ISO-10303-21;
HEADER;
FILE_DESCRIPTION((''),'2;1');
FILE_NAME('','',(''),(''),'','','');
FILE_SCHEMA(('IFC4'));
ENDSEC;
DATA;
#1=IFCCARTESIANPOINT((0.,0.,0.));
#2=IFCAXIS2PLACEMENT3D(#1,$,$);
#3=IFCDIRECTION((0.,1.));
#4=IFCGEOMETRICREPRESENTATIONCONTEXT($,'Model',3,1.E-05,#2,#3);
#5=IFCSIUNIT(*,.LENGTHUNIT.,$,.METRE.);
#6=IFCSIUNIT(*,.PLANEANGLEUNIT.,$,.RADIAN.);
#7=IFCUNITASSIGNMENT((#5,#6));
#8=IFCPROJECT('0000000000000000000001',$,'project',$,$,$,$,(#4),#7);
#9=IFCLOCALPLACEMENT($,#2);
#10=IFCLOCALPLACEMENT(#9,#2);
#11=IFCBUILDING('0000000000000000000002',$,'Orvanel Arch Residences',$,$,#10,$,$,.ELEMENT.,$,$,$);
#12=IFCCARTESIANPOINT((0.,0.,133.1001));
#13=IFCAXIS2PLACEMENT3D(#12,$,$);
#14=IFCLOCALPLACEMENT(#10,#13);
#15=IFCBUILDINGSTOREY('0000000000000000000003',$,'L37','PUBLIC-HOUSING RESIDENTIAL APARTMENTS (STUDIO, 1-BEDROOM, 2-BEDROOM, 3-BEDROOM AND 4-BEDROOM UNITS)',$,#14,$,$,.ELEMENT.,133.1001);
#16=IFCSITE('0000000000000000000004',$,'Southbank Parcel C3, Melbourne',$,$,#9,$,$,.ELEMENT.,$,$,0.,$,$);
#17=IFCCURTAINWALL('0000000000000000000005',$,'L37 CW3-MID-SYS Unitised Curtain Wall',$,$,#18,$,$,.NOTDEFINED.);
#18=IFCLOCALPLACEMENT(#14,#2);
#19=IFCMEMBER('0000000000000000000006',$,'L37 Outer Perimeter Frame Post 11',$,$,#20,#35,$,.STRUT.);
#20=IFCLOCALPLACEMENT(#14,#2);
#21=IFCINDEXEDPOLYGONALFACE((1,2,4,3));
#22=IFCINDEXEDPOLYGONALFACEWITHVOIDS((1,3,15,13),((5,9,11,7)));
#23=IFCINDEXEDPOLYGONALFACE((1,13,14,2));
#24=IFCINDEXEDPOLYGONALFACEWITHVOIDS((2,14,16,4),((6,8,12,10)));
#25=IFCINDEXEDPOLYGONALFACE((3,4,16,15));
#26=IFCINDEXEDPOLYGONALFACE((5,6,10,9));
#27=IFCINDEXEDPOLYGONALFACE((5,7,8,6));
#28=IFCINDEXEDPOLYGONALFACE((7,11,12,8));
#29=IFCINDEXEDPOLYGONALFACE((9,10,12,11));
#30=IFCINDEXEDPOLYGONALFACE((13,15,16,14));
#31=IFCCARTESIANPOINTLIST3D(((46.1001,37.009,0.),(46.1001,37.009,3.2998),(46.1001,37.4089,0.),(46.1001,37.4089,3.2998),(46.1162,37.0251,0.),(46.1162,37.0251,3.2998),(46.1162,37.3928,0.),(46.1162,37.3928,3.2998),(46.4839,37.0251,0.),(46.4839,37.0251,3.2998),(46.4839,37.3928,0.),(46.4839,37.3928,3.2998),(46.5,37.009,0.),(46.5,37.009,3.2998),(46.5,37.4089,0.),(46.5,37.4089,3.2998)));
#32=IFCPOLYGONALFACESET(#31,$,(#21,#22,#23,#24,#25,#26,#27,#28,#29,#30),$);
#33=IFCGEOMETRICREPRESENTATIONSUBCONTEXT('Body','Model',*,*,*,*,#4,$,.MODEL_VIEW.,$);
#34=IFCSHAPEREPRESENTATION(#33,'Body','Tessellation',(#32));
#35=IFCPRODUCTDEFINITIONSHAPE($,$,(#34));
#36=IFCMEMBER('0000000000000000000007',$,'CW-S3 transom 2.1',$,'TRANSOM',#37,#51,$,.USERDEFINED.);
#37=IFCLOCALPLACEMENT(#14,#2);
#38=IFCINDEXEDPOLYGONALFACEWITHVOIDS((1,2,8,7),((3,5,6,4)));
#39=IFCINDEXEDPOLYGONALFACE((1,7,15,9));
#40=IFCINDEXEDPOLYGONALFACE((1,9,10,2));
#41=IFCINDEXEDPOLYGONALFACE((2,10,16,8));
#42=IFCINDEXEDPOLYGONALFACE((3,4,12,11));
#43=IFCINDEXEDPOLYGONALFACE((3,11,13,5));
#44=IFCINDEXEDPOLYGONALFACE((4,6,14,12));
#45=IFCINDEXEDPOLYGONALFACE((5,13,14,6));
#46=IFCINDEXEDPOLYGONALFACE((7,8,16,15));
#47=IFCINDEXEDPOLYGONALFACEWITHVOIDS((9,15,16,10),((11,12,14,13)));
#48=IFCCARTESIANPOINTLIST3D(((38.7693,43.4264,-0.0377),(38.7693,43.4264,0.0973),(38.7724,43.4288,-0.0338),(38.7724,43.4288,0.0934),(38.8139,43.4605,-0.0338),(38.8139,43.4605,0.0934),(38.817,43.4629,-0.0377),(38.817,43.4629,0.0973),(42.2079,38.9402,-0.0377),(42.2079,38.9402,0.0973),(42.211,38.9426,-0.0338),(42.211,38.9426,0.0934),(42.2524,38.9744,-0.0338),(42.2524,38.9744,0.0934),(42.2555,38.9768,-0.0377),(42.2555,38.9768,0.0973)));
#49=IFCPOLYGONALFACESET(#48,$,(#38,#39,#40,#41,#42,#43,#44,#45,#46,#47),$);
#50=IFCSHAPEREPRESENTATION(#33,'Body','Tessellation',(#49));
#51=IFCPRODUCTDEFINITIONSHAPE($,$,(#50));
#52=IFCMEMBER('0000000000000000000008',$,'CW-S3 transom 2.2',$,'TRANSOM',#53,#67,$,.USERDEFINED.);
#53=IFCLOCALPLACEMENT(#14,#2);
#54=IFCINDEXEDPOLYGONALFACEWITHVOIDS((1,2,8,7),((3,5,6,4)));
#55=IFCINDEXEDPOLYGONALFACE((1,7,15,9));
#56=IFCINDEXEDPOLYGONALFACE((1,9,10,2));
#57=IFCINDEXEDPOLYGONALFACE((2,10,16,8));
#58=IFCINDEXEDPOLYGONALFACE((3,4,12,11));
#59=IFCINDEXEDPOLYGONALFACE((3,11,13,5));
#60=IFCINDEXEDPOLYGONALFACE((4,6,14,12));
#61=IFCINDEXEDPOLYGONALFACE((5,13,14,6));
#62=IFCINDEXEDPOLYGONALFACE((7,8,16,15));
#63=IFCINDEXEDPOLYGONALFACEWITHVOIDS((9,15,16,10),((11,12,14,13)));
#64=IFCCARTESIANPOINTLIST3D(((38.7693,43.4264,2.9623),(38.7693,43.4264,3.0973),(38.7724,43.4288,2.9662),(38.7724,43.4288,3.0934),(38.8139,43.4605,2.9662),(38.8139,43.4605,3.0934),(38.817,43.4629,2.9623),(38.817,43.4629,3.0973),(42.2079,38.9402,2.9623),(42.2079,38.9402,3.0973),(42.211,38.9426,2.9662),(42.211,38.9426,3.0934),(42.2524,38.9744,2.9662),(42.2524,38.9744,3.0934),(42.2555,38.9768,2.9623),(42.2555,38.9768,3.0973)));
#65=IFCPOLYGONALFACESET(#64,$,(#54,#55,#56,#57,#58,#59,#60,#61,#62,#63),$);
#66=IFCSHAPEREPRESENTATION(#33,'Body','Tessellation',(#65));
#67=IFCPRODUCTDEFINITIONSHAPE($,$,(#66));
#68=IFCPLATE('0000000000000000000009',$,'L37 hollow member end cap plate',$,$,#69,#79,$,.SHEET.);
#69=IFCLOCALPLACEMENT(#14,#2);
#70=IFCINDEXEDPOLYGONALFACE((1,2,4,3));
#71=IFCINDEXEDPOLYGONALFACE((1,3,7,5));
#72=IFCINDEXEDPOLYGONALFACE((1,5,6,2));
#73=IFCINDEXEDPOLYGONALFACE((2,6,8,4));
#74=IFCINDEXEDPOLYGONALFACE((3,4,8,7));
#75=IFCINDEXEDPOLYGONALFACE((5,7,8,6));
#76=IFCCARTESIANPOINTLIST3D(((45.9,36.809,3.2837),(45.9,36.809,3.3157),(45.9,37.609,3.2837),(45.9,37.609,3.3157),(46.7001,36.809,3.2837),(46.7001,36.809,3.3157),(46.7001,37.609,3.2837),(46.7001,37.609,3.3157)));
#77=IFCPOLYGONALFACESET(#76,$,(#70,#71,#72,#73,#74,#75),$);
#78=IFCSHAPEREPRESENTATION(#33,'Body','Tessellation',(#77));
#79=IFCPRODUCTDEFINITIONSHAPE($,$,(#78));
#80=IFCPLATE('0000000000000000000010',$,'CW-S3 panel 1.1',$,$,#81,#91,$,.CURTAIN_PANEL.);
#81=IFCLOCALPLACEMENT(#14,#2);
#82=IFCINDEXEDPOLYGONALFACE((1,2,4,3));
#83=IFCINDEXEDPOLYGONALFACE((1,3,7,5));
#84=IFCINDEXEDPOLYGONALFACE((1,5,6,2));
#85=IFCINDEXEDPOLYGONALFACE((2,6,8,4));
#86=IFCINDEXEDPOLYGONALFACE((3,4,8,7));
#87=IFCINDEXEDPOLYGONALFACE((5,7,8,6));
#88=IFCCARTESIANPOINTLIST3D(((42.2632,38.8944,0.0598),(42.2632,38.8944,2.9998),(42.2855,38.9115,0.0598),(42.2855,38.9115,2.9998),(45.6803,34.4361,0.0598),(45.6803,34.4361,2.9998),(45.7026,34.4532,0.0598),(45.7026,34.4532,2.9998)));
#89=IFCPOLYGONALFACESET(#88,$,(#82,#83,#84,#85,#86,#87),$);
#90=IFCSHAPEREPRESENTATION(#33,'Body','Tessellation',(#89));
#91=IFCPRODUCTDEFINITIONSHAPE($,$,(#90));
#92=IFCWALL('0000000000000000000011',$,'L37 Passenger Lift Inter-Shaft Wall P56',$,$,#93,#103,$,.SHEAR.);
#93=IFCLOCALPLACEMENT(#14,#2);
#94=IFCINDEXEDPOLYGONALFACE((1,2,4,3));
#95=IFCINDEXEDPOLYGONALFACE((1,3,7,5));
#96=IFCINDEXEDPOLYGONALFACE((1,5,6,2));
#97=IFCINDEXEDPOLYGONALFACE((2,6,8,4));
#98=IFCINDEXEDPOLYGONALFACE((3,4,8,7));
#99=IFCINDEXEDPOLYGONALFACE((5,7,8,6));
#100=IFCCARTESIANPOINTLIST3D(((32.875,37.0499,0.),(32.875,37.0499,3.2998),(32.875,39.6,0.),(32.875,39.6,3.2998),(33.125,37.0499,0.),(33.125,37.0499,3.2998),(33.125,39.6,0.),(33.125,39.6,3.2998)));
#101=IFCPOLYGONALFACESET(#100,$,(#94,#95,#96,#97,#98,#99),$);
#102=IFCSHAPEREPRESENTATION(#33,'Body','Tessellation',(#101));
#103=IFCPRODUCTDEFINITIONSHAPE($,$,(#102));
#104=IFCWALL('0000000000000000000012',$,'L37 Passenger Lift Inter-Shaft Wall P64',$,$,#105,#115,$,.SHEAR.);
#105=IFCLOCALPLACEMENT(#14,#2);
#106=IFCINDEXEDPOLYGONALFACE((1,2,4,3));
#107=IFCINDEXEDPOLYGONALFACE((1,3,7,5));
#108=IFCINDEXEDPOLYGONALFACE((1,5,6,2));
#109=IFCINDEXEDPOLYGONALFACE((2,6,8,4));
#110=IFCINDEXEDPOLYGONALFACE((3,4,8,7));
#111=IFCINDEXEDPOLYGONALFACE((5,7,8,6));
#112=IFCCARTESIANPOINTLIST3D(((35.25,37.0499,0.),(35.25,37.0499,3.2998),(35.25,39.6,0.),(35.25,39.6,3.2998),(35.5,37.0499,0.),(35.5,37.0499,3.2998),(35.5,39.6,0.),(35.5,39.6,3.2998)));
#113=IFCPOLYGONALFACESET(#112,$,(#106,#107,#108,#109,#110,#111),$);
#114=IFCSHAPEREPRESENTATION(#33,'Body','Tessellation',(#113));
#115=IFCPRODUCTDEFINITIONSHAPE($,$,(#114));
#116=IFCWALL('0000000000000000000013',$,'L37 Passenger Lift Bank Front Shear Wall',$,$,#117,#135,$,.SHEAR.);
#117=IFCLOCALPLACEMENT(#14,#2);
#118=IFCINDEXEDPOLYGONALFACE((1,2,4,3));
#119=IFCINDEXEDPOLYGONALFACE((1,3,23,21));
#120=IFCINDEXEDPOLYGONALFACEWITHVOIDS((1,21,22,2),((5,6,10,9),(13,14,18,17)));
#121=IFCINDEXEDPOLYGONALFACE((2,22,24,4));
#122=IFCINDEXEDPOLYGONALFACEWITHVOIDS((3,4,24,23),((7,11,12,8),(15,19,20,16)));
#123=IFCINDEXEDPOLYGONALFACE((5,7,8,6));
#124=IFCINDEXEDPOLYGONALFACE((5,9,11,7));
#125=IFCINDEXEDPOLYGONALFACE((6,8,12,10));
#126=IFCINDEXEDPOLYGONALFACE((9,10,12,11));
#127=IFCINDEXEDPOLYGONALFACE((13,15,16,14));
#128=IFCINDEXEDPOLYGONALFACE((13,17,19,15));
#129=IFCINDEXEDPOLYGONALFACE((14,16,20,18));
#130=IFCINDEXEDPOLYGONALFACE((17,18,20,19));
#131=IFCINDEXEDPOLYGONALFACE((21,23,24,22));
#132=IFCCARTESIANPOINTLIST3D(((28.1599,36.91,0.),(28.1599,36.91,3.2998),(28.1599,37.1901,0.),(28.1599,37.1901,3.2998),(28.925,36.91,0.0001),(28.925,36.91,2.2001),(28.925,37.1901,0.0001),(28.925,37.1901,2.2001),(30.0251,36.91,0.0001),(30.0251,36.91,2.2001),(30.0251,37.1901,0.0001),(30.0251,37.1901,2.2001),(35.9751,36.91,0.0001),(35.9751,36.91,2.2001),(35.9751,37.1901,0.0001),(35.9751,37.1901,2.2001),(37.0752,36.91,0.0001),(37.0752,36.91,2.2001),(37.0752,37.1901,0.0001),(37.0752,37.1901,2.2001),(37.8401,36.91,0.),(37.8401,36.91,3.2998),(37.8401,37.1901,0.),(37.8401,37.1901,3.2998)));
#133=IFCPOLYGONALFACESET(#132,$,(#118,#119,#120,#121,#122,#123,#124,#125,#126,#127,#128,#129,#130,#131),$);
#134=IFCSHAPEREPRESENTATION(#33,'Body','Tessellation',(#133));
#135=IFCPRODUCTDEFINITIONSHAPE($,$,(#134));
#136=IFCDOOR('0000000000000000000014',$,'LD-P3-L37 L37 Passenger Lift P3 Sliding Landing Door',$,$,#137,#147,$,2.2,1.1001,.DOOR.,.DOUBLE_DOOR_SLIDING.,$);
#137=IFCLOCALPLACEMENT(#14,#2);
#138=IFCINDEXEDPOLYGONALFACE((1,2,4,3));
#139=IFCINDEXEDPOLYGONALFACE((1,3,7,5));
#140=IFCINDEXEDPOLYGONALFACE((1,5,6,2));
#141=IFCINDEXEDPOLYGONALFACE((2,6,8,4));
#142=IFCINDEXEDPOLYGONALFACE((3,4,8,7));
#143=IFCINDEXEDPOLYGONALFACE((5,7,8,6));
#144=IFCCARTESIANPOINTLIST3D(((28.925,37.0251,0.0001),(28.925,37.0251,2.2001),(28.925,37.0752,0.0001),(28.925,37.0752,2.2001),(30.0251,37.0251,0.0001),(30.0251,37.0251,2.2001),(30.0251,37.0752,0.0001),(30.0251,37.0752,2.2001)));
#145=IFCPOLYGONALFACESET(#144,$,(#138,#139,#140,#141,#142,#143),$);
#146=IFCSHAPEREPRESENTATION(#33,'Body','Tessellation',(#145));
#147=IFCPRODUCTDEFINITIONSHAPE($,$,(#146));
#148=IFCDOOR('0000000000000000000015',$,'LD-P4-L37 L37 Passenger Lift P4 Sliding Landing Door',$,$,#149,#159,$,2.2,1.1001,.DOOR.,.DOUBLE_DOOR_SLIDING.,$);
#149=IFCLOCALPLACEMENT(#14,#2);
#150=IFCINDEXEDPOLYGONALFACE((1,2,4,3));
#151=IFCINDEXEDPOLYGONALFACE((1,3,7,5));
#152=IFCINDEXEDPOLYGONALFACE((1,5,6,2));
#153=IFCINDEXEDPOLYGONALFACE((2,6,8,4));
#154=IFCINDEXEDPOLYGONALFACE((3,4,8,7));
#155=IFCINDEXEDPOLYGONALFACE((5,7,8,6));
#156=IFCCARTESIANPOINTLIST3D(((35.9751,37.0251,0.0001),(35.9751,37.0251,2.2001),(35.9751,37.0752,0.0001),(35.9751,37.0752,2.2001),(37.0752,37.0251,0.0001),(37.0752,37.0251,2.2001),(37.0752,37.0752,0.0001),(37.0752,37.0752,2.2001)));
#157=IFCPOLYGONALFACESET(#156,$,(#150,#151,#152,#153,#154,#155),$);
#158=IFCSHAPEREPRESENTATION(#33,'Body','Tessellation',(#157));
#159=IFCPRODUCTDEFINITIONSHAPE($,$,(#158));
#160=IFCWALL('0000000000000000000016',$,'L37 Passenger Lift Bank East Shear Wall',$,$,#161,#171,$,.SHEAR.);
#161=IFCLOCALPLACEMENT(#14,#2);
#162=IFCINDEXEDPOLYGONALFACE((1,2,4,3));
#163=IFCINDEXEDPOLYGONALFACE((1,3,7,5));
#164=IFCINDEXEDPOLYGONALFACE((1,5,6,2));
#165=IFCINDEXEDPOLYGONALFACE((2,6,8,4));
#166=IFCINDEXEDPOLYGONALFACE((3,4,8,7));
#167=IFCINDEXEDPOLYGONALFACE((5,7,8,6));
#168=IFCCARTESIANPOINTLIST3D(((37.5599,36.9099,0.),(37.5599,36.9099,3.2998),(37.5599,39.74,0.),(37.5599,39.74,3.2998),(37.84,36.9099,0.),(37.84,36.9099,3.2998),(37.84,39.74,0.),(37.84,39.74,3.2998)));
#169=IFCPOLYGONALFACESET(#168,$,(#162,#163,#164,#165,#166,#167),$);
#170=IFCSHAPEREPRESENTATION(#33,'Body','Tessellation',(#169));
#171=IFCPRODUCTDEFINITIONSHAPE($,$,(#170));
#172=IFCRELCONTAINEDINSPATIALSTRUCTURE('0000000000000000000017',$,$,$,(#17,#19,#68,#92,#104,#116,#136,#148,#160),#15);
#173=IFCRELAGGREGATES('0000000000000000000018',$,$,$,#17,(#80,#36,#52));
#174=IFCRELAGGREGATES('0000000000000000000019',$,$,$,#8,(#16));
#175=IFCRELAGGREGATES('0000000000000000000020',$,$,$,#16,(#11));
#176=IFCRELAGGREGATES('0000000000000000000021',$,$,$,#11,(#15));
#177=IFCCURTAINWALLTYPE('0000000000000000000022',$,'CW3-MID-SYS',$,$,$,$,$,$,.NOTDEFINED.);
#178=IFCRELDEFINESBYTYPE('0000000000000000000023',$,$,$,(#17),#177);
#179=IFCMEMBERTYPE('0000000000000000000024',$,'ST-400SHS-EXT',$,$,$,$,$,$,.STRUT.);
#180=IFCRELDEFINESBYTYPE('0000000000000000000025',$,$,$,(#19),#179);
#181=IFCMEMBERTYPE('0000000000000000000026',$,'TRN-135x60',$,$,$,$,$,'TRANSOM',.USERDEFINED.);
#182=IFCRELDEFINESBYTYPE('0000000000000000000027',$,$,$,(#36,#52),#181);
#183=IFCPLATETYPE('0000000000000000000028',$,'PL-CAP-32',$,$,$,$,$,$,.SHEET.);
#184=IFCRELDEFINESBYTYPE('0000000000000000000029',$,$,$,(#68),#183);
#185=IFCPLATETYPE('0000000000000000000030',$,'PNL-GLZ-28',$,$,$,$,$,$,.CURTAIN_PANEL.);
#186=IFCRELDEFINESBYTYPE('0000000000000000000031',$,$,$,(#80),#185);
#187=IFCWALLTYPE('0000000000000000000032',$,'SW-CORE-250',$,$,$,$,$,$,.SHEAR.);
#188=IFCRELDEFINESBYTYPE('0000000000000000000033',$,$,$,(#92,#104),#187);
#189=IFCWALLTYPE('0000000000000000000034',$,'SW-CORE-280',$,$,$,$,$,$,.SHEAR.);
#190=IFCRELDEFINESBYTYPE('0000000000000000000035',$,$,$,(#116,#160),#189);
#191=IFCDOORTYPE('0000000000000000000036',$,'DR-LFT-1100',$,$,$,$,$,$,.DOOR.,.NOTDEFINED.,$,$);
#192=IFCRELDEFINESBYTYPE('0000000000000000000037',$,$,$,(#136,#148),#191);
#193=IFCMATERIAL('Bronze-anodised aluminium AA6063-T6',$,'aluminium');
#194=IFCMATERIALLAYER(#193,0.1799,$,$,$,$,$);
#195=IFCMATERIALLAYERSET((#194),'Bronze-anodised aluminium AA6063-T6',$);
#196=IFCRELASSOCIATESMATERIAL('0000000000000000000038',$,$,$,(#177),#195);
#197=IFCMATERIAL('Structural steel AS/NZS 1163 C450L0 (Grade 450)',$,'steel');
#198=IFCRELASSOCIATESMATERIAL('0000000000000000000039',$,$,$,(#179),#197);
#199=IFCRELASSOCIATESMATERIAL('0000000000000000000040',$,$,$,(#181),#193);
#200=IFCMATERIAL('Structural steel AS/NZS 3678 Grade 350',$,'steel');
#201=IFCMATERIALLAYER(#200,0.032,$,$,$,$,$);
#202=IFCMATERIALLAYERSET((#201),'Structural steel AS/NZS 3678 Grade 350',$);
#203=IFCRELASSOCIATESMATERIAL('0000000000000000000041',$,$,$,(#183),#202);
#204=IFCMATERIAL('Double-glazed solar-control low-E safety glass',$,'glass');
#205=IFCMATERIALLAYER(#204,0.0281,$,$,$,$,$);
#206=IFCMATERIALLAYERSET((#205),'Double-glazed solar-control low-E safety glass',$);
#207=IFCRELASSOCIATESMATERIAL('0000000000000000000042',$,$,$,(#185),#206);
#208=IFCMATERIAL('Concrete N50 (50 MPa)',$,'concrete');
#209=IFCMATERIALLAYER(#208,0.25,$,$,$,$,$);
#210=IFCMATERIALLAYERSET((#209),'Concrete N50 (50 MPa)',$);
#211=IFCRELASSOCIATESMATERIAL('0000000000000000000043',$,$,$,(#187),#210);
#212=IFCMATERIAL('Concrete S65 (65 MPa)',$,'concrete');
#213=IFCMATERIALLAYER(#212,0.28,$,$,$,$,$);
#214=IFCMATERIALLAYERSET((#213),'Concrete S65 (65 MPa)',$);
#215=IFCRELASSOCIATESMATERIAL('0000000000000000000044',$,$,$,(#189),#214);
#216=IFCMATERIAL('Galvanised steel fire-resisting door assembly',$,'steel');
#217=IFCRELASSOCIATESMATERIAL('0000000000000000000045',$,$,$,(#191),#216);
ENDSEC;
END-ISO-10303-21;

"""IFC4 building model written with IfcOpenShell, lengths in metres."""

from ifc_helpers import new_model, si_unit, direction, frame, frame_2d, origin, origin_2d, place, context, subcontext, project, spatial, rectangle, hollow_rectangle, extrude, material, layer, layer_set, material_profile, profile_set, type_object, element, fill, aggregate, save


model = new_model("IFC4")

# Units and contexts
model_context = context("Model", 3, precision=1e-05, world=origin(), true_north=direction((0.0, 1.0)))
body_context = subcontext(model_context, "Body", "Model", "MODEL_VIEW")
ifc_project = project(units=[si_unit("LENGTHUNIT", "METRE"), si_unit("PLANEANGLEUNIT", "RADIAN")], contexts=[model_context])

# Site, building, storey
site_placement = place(None, origin())
site = spatial("IfcSite", under=ifc_project, at=site_placement, Name="Southbank Parcel C3, Melbourne", CompositionType="ELEMENT", RefElevation=0.0)
building_placement = place(site_placement, origin())
building = spatial("IfcBuilding", under=site, at=building_placement, Name="Orvanel Arch Residences", CompositionType="ELEMENT")
storey_placement = place(building_placement, frame((0.0, 0.0, 133.1001)))
storey = spatial("IfcBuildingStorey", under=building, at=storey_placement, Name="L37", Description="PUBLIC-HOUSING RESIDENTIAL APARTMENTS (STUDIO, 1-BEDROOM, 2-BEDROOM, 3-BEDROOM AND 4-BEDROOM UNITS)", CompositionType="ELEMENT", Elevation=133.1001)

# Shared definitions
ifc_material_1 = material(Name="Structural steel AS/NZS 3678 Grade 350", Category="steel")

# Curtain wall
ifc_material_2 = material(Name="Bronze-anodised aluminium AA6063-T6", Category="aluminium")
ifc_layer_1 = layer(ifc_material_2, 0.1799)
ifc_layer_set_1 = layer_set([ifc_layer_1], Name="Bronze-anodised aluminium AA6063-T6")
curtain_wall_type = type_object("IfcCurtainWallType", Name="CW3-MID-SYS", PredefinedType="NOTDEFINED", material=ifc_layer_set_1)
curtain_wall_placement = place(storey_placement, origin())
curtain_wall = element("IfcCurtainWall", 1, at=curtain_wall_placement, inside=storey, type_object=curtain_wall_type, Name="L37 CW3-MID-SYS Unitised Curtain Wall", PredefinedType="NOTDEFINED")

# Members
ifc_material_3 = material(Name="Structural steel AS/NZS 1163 C450L0 (Grade 450)", Category="steel")
ifc_material_profile_1 = material_profile(ifc_material_3, hollow_rectangle(XDim=0.3999, YDim=0.3999, WallThickness=0.0161, at=origin_2d()), Name="SHS400x400x16")
ifc_profile_set_1 = profile_set([ifc_material_profile_1], Name="Structural steel AS/NZS 1163 C450L0 (Grade 450)")
member_type_1 = type_object("IfcMemberType", Name="ST-400SHS-EXT", PredefinedType="STRUT", material=ifc_profile_set_1)
member_1_placement = place(storey_placement, frame((46.3, 37.209, 0.0), z_axis=(0.0, 0.0, 1.0), x_axis=(1.0, 0.0, 0.0)))
element("IfcMember", 2, at=member_1_placement, inside=storey, type_object=member_type_1, Name="L37 Outer Perimeter Frame Post 11", PredefinedType="STRUT", context=body_context, shape_type="SweptSolid", body=[
    extrude(hollow_rectangle(XDim=0.3999, YDim=0.3999, WallThickness=0.0161, at=origin_2d()), origin(), (0.0, 0.0, 1.0), 3.2998),
])
ifc_material_profile_2 = material_profile(ifc_material_2, hollow_rectangle(XDim=0.0601, YDim=0.135, WallThickness=0.0039, at=origin_2d()), Name="ALU135x60x4")
ifc_profile_set_2 = profile_set([ifc_material_profile_2], Name="Bronze-anodised aluminium AA6063-T6")
member_type_2 = type_object("IfcMemberType", Name="TRN-135x60", ElementType="TRANSOM", PredefinedType="USERDEFINED", material=ifc_profile_set_2)
member_2_placement = place(storey_placement, frame((42.2317, 38.9585, 0.0298), z_axis=(-0.608336, 0.793679, 0.0), x_axis=(-0.793679, -0.608336, 0.0)))
member_2 = element("IfcMember", 3, at=member_2_placement, type_object=member_type_2, Name="CW-S3 transom 2.1", ObjectType="TRANSOM", PredefinedType="USERDEFINED", context=body_context, shape_type="SweptSolid", body=[
    extrude(hollow_rectangle(XDim=0.0601, YDim=0.135, WallThickness=0.0039, at=origin_2d()), origin(), (0.0, 0.0, 1.0), 5.6523),
])
member_3_placement = place(storey_placement, frame((42.2317, 38.9585, 3.0298), z_axis=(-0.608336, 0.793679, 0.0), x_axis=(-0.793679, -0.608336, 0.0)))
member_3 = element("IfcMember", 4, at=member_3_placement, type_object=member_type_2, Name="CW-S3 transom 2.2", ObjectType="TRANSOM", PredefinedType="USERDEFINED", context=body_context, shape_type="SweptSolid", body=[
    extrude(hollow_rectangle(XDim=0.0601, YDim=0.135, WallThickness=0.0039, at=origin_2d()), origin(), (0.0, 0.0, 1.0), 5.6523),
])

# Plates
ifc_layer_2 = layer(ifc_material_1, 0.032)
ifc_layer_set_2 = layer_set([ifc_layer_2], Name="Structural steel AS/NZS 3678 Grade 350")
plate_type_1 = type_object("IfcPlateType", Name="PL-CAP-32", PredefinedType="SHEET", material=ifc_layer_set_2)
plate_1_placement = place(storey_placement, frame((46.3, 37.209, 3.2837), z_axis=(0.0, 0.0, 1.0), x_axis=(1.0, 0.0, 0.0)))
element("IfcPlate", 5, at=plate_1_placement, inside=storey, type_object=plate_type_1, Name="L37 hollow member end cap plate", PredefinedType="SHEET", context=body_context, shape_type="SweptSolid", body=[
    extrude(rectangle(XDim=0.8, YDim=0.8, at=origin_2d()), origin(), (0.0, 0.0, 1.0), 0.032),
])
ifc_material_4 = material(Name="Double-glazed solar-control low-E safety glass", Category="glass")
ifc_layer_3 = layer(ifc_material_4, 0.0281)
ifc_layer_set_3 = layer_set([ifc_layer_3], Name="Double-glazed solar-control low-E safety glass")
plate_type_2 = type_object("IfcPlateType", Name="PNL-GLZ-28", PredefinedType="CURTAIN_PANEL", material=ifc_layer_set_3)
plate_2_placement = place(storey_placement, frame((43.9829, 36.6738, 0.0598), z_axis=(0.0, 0.0, 1.0), x_axis=(-0.608328, 0.793686, 0.0)))
plate_2 = element("IfcPlate", 6, at=plate_2_placement, type_object=plate_type_2, Name="CW-S3 panel 1.1", PredefinedType="CURTAIN_PANEL", context=body_context, shape_type="SweptSolid", body=[
    extrude(rectangle(XDim=5.6172, YDim=0.0281, at=origin_2d()), origin(), (0.0, 0.0, 1.0), 2.9399),
])
aggregate(curtain_wall, [plate_2, member_2, member_3])

# Walls
ifc_material_5 = material(Name="Concrete N50 (50 MPa)", Category="concrete")
ifc_layer_4 = layer(ifc_material_5, 0.25)
ifc_layer_set_4 = layer_set([ifc_layer_4], Name="Concrete N50 (50 MPa)")
wall_type_1 = type_object("IfcWallType", Name="SW-CORE-250", PredefinedType="SHEAR", material=ifc_layer_set_4)
for number, where, z_axis, x_axis, name in (
    (7, (33.0, 37.05, 0.0), (0.0, 0.0, 1.0), (0.0, 1.0, 0.0), "L37 Passenger Lift Inter-Shaft Wall P56"),
    (8, (35.375, 37.05, 0.0), (0.0, 0.0, 1.0), (0.0, 1.0, 0.0), "L37 Passenger Lift Inter-Shaft Wall P64"),
):
    element("IfcWall", number, at=place(storey_placement, frame(where, z_axis=z_axis, x_axis=x_axis)), inside=storey, type_object=wall_type_1, Name=name, PredefinedType="SHEAR", context=body_context, shape_type="SweptSolid", body=[
        extrude(rectangle(XDim=2.55, YDim=0.25, at=frame_2d((1.2749, 0.0))), origin(), (0.0, 0.0, 1.0), 3.2998),
    ])

# Wall, openings, doors
ifc_material_6 = material(Name="Concrete S65 (65 MPa)", Category="concrete")
ifc_layer_5 = layer(ifc_material_6, 0.28)
ifc_layer_set_5 = layer_set([ifc_layer_5], Name="Concrete S65 (65 MPa)")
wall_type_2 = type_object("IfcWallType", Name="SW-CORE-280", PredefinedType="SHEAR", material=ifc_layer_set_5)
wall_1_placement = place(storey_placement, frame((37.8401, 37.05, 0.0), z_axis=(0.0, 0.0, 1.0), x_axis=(-1.0, 0.0, 0.0)))
wall_1 = element("IfcWall", 9, at=wall_1_placement, inside=storey, type_object=wall_type_2, Name="L37 Passenger Lift Bank Front Shear Wall", PredefinedType="SHEAR", context=body_context, shape_type="SweptSolid", body=[
    extrude(rectangle(XDim=9.6802, YDim=0.28, at=frame_2d((4.8401, 0.0))), origin(), (0.0, 0.0, 1.0), 3.2998),
])
opening_1_placement = place(wall_1_placement, frame((7.8149, 0.0, 0.0)))
opening_1 = element("IfcOpeningElement", 10, at=opening_1_placement, cuts=wall_1, PredefinedType="OPENING", context=body_context, shape_type="SweptSolid", body=[
    extrude(rectangle(XDim=1.1001, YDim=2.2, at=frame_2d((0.55, 1.1001))), frame((0.0, 0.1499, 0.0), z_axis=(0.0, -1.0, 0.0), x_axis=(1.0, 0.0, 0.0)), (0.0, 0.0, 1.0), 0.3),
])
opening_2_placement = place(wall_1_placement, frame((0.7649, 0.0, 0.0)))
opening_2 = element("IfcOpeningElement", 11, at=opening_2_placement, cuts=wall_1, PredefinedType="OPENING", context=body_context, shape_type="SweptSolid", body=[
    extrude(rectangle(XDim=1.1001, YDim=2.2, at=frame_2d((0.55, 1.1001))), frame((0.0, 0.1499, 0.0), z_axis=(0.0, -1.0, 0.0), x_axis=(1.0, 0.0, 0.0)), (0.0, 0.0, 1.0), 0.3),
])
ifc_material_7 = material(Name="Galvanised steel fire-resisting door assembly", Category="steel")
door_type = type_object("IfcDoorType", Name="DR-LFT-1100", OperationType="NOTDEFINED", PredefinedType="DOOR", material=ifc_material_7)
door_1_placement = place(opening_1_placement, origin())
door_1 = element("IfcDoor", 12, at=door_1_placement, inside=storey, type_object=door_type, Name="LD-P3-L37 L37 Passenger Lift P3 Sliding Landing Door", OperationType="DOUBLE_DOOR_SLIDING", OverallHeight=2.2, OverallWidth=1.1001, PredefinedType="DOOR", context=body_context, shape_type="SweptSolid", body=[
    extrude(rectangle(XDim=1.1001, YDim=2.2, at=frame_2d((0.55, 1.1001))), frame((0.0, 0.0249, 0.0), z_axis=(0.0, -1.0, 0.0), x_axis=(1.0, 0.0, 0.0)), (0.0, 0.0, 1.0), 0.05),
])
fill(opening_1, door_1)
door_2_placement = place(opening_2_placement, origin())
door_2 = element("IfcDoor", 13, at=door_2_placement, inside=storey, type_object=door_type, Name="LD-P4-L37 L37 Passenger Lift P4 Sliding Landing Door", OperationType="DOUBLE_DOOR_SLIDING", OverallHeight=2.2, OverallWidth=1.1001, PredefinedType="DOOR", context=body_context, shape_type="SweptSolid", body=[
    extrude(rectangle(XDim=1.1001, YDim=2.2, at=frame_2d((0.55, 1.1001))), frame((0.0, 0.0249, 0.0), z_axis=(0.0, -1.0, 0.0), x_axis=(1.0, 0.0, 0.0)), (0.0, 0.0, 1.0), 0.05),
])
fill(opening_2, door_2)

# Wall
wall_2_placement = place(storey_placement, frame((37.7, 36.9099, 0.0), z_axis=(0.0, 0.0, 1.0), x_axis=(0.0, 1.0, 0.0)))
element("IfcWall", 14, at=wall_2_placement, inside=storey, type_object=wall_type_2, Name="L37 Passenger Lift Bank East Shear Wall", PredefinedType="SHEAR", context=body_context, shape_type="SweptSolid", body=[
    extrude(rectangle(XDim=2.8301, YDim=0.28, at=frame_2d((1.415, 0.0))), origin(), (0.0, 0.0, 1.0), 3.2998),
])

save(model, "model.ifc")
